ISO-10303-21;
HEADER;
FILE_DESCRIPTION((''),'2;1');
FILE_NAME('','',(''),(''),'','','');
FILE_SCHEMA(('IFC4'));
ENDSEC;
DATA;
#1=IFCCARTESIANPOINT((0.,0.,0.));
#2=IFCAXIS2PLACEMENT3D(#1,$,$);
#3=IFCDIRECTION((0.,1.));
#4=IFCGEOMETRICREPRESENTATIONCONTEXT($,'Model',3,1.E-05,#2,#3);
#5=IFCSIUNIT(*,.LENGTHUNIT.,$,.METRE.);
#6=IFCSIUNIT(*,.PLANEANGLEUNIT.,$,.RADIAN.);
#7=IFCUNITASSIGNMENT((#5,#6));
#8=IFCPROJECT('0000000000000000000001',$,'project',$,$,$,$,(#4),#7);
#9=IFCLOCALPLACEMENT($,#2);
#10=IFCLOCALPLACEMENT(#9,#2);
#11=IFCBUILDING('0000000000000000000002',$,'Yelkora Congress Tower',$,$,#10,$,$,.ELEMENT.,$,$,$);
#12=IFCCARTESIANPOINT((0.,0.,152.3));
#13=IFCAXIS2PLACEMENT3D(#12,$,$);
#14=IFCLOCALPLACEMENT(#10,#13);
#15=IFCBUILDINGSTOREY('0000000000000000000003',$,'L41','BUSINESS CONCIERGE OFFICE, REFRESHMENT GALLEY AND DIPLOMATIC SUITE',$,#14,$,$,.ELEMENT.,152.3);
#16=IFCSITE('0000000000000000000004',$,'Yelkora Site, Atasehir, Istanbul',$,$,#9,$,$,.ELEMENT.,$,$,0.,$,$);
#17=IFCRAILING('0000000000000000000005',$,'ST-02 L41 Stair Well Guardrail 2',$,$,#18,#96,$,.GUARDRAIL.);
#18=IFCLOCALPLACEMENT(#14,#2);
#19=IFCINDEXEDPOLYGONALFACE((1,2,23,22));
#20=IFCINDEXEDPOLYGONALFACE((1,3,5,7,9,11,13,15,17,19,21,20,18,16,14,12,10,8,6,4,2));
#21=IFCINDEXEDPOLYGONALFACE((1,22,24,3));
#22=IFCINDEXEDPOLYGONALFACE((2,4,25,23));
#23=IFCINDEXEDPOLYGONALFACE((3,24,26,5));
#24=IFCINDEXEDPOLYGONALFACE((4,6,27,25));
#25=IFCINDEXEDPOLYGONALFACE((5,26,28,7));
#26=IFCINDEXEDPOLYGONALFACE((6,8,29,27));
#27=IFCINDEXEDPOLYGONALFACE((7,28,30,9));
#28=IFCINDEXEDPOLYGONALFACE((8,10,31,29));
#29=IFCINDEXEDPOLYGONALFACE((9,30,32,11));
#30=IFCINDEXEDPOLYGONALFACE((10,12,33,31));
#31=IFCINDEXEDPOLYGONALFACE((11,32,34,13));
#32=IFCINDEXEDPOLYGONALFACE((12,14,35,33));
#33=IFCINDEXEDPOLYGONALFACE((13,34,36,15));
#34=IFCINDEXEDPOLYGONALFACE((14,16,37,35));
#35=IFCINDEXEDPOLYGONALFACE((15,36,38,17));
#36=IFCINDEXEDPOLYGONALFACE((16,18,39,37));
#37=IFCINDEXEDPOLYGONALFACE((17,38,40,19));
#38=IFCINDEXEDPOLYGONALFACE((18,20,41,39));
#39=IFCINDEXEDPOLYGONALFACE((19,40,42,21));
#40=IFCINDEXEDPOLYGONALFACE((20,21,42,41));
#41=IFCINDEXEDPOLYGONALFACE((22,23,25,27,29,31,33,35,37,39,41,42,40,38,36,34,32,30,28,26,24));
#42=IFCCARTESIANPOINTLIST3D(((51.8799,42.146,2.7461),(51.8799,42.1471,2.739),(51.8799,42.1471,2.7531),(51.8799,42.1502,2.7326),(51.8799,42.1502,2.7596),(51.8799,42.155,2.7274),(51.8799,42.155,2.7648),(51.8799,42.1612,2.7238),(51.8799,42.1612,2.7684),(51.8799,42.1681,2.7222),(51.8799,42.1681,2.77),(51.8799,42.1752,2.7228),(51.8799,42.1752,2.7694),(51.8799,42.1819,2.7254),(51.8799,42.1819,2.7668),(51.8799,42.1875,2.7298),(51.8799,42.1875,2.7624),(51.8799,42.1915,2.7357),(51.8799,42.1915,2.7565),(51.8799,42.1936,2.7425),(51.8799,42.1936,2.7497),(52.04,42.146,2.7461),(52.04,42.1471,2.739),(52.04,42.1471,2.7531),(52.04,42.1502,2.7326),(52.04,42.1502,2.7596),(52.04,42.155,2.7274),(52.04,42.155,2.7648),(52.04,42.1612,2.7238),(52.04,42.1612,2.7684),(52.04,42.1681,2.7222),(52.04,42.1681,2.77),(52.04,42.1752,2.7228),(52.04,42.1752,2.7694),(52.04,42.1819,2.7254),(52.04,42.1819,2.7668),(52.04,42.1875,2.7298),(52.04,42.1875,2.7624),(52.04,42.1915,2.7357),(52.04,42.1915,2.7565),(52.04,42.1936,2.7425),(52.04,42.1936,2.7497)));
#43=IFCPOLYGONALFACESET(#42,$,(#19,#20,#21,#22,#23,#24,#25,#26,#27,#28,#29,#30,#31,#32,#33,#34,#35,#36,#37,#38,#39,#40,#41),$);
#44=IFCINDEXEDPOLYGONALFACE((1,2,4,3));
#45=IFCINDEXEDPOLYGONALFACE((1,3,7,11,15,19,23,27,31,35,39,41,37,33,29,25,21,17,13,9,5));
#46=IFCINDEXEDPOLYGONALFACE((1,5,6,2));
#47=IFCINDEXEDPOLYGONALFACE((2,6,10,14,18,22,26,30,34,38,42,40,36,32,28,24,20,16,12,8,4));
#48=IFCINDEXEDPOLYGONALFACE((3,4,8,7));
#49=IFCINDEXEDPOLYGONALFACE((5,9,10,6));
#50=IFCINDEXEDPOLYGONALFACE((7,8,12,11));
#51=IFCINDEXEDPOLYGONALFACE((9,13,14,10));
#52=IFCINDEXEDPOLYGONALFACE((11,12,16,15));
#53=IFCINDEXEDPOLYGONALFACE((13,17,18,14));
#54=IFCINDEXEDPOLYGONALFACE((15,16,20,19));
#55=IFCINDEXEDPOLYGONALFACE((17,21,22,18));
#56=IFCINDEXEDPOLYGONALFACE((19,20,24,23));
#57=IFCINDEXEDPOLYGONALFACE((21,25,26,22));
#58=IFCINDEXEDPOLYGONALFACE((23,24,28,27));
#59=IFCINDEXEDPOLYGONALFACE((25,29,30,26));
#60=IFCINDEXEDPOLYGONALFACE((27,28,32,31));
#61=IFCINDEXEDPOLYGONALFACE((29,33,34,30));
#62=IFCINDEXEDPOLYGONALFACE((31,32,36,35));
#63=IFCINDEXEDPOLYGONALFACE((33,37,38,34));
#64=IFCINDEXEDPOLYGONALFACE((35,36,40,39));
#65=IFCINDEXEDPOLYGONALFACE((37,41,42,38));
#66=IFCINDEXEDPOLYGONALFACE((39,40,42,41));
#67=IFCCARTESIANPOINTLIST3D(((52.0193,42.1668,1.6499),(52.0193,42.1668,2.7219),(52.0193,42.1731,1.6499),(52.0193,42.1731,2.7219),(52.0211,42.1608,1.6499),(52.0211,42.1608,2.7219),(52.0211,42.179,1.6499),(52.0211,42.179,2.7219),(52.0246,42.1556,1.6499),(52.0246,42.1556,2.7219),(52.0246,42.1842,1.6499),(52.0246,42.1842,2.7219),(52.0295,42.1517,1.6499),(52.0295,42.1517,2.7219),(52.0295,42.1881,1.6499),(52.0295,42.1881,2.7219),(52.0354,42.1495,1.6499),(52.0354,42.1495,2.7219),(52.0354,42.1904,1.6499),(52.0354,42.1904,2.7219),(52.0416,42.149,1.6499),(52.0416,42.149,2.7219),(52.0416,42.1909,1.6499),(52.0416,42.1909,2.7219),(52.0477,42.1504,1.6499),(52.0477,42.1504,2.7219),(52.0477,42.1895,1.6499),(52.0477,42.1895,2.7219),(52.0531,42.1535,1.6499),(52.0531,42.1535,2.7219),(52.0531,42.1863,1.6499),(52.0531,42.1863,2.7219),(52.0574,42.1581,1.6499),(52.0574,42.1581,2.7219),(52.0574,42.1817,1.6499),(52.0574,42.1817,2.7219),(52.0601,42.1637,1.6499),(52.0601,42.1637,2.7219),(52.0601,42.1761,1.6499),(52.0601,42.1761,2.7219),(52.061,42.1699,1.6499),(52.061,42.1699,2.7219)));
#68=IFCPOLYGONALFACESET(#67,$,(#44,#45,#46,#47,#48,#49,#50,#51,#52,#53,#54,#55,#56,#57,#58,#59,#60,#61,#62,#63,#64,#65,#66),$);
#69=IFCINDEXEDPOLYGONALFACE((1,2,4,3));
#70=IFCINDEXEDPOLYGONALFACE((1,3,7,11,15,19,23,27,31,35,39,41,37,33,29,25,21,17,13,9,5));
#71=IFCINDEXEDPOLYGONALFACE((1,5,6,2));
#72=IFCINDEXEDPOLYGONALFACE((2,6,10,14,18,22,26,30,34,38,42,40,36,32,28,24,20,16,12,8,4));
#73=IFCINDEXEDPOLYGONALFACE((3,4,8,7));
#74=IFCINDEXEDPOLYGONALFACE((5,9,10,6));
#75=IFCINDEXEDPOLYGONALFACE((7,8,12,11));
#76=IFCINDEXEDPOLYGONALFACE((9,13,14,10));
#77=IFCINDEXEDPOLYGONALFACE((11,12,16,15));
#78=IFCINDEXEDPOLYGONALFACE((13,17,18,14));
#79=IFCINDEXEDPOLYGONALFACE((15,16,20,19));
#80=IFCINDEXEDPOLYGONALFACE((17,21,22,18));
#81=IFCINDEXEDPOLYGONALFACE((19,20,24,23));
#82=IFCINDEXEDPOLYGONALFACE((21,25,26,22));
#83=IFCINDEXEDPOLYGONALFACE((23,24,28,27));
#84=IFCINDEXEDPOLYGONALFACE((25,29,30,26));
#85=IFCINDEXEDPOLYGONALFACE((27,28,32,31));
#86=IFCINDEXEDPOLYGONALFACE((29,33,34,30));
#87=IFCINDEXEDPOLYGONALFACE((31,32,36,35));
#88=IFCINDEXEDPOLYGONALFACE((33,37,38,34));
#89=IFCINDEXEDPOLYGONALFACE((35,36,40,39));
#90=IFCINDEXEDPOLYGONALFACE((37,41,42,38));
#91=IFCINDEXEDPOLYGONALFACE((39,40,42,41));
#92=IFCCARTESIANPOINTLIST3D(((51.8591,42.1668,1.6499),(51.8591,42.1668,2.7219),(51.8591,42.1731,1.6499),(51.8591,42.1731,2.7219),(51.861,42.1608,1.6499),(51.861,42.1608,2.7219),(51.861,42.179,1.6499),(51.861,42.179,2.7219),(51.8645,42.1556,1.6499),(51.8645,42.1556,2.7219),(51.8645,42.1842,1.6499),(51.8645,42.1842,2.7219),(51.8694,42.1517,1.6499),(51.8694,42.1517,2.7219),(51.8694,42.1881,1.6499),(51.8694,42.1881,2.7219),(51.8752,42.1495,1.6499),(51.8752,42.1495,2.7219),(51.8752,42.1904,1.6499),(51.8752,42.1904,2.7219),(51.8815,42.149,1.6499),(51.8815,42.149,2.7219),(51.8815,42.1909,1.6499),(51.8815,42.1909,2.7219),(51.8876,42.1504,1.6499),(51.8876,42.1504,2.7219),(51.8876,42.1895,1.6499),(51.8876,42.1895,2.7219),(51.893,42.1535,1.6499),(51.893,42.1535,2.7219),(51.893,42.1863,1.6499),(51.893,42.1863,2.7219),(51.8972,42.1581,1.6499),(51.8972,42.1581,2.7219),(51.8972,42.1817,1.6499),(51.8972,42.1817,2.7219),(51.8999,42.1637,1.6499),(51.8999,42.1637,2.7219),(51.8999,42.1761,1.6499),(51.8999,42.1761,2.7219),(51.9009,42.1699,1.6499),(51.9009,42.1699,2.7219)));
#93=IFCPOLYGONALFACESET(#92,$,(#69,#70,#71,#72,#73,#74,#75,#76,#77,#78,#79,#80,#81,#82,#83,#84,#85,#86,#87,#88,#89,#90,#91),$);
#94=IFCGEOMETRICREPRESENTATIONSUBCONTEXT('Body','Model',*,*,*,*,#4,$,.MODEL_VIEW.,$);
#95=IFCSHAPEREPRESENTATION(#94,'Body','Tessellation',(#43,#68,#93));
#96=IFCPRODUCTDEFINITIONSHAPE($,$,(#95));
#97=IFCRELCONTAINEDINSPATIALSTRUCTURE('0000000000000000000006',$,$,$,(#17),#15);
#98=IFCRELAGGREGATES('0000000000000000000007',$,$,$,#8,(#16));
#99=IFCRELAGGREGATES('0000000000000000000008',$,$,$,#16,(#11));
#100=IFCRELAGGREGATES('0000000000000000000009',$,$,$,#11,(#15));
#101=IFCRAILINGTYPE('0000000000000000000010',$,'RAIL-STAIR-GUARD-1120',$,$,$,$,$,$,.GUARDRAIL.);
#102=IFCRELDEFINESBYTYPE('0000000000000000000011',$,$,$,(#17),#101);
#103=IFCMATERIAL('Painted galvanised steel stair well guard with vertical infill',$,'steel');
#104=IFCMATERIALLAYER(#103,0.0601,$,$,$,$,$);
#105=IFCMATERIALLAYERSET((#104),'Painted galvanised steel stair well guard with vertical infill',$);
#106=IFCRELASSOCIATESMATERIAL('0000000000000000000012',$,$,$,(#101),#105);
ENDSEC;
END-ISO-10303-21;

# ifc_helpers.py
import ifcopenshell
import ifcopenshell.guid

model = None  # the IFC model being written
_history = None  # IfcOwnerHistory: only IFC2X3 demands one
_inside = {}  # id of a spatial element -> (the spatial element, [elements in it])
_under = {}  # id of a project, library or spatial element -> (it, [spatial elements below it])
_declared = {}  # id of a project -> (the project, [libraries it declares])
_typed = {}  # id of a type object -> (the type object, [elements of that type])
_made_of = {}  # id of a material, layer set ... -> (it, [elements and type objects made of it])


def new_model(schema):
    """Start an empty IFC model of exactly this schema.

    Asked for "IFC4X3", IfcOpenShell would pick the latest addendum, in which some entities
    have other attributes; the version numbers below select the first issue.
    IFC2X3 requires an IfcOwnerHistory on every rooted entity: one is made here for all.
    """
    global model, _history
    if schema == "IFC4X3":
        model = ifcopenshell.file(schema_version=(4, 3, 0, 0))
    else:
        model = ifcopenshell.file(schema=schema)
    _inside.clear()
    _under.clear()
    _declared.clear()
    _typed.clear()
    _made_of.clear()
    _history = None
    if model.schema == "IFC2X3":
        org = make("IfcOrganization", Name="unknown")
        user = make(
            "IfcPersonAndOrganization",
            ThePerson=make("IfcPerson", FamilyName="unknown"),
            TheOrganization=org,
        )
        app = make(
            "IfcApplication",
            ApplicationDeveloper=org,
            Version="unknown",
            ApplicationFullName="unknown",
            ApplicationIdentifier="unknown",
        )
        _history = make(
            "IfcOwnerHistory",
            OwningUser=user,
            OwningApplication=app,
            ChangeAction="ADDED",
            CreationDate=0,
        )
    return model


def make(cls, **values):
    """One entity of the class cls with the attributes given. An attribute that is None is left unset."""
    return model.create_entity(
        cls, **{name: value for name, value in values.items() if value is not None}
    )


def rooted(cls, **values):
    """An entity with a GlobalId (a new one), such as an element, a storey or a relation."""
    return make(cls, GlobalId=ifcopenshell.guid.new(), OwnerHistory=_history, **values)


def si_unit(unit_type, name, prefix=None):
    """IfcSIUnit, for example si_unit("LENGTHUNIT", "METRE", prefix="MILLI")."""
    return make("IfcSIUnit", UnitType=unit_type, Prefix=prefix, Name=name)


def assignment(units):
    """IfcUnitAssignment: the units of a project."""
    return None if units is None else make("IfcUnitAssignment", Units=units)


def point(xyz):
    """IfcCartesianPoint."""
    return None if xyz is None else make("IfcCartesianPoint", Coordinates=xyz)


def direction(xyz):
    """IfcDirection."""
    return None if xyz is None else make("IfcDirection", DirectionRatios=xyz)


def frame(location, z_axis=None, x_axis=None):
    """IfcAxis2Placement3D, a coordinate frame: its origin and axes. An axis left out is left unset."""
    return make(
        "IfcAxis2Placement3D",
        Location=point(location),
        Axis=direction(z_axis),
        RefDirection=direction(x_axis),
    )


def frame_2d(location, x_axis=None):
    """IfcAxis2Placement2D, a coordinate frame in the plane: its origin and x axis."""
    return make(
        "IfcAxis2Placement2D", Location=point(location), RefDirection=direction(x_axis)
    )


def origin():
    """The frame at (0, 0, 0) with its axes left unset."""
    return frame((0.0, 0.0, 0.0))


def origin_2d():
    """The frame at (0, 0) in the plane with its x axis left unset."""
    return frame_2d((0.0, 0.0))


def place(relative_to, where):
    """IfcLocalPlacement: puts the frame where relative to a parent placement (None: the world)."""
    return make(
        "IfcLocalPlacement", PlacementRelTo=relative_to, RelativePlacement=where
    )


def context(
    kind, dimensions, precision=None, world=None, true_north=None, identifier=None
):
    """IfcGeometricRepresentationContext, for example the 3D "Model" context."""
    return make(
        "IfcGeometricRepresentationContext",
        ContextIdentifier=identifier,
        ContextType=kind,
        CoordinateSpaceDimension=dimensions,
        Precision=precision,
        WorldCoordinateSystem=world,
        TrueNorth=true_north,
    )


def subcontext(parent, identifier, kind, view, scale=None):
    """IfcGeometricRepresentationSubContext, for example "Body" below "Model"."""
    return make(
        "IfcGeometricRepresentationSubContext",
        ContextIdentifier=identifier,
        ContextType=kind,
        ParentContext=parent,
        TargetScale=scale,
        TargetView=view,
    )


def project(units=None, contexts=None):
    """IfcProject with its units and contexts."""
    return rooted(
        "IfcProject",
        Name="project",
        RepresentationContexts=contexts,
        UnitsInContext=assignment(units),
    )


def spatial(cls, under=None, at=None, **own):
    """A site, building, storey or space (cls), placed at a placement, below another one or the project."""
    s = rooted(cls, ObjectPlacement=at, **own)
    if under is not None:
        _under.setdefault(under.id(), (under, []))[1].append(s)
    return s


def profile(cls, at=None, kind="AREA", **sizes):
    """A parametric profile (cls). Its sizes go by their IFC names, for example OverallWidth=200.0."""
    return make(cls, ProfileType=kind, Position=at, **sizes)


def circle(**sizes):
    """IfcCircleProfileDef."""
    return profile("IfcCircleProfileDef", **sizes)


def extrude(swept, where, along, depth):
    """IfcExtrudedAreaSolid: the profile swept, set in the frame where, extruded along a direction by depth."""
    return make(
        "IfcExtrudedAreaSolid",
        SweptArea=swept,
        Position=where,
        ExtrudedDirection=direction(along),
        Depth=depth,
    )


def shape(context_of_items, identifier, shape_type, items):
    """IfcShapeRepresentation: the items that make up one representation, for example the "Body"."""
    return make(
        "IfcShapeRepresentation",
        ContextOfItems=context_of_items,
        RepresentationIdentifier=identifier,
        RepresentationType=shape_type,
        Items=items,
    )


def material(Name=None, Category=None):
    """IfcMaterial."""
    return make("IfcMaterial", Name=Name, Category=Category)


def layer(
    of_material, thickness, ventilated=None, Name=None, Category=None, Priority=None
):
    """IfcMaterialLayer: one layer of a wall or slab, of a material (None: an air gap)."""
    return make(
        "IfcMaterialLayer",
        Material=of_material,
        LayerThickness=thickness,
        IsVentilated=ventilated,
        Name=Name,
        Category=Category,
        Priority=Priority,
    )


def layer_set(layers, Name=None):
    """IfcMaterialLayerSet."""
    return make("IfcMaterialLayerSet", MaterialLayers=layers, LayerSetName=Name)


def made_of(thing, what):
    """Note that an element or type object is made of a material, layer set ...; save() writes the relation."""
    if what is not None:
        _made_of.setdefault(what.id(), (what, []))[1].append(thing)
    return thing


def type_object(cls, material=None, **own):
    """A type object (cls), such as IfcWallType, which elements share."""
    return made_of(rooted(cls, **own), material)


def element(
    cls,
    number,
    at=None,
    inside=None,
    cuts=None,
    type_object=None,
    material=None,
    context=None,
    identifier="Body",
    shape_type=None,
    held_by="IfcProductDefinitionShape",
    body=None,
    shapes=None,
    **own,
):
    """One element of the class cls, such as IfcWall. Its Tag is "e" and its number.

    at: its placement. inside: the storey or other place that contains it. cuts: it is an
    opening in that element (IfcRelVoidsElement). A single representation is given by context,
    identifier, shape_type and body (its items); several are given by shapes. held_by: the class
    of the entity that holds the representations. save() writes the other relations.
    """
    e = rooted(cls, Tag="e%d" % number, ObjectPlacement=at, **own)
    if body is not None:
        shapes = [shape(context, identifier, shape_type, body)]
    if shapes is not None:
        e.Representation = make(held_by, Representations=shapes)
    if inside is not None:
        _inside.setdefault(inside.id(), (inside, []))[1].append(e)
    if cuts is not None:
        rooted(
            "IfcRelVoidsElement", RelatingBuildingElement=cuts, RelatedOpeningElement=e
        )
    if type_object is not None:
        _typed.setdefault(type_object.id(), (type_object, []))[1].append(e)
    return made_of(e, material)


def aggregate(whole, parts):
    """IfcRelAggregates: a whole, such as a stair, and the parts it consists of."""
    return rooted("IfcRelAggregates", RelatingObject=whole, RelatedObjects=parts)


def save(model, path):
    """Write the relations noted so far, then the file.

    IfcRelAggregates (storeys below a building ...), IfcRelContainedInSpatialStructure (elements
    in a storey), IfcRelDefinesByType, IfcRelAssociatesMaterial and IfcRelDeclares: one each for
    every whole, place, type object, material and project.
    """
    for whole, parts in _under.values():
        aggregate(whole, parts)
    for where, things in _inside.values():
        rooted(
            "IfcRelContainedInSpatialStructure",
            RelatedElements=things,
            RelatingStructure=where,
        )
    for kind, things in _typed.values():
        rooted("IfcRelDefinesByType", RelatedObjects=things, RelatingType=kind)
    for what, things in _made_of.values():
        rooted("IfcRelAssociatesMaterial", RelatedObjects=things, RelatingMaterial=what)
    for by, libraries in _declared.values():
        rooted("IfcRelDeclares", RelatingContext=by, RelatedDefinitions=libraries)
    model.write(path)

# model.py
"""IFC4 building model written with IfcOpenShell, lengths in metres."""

from ifc_helpers import new_model, si_unit, direction, frame, origin, origin_2d, place, context, subcontext, project, spatial, circle, extrude, material, layer, layer_set, type_object, element, save


model = new_model("IFC4")

# Units and contexts
model_context = context("Model", 3, precision=1e-05, world=origin(), true_north=direction((0.0, 1.0)))
body_context = subcontext(model_context, "Body", "Model", "MODEL_VIEW")
ifc_project = project(units=[si_unit("LENGTHUNIT", "METRE"), si_unit("PLANEANGLEUNIT", "RADIAN")], contexts=[model_context])

# Site, building, storey
site_placement = place(None, origin())
site = spatial("IfcSite", under=ifc_project, at=site_placement, Name="Yelkora Site, Atasehir, Istanbul", CompositionType="ELEMENT", RefElevation=0.0)
building_placement = place(site_placement, origin())
building = spatial("IfcBuilding", under=site, at=building_placement, Name="Yelkora Congress Tower", CompositionType="ELEMENT")
storey_placement = place(building_placement, frame((0.0, 0.0, 152.3)))
storey = spatial("IfcBuildingStorey", under=building, at=storey_placement, Name="L41", Description="BUSINESS CONCIERGE OFFICE, REFRESHMENT GALLEY AND DIPLOMATIC SUITE", CompositionType="ELEMENT", Elevation=152.3)

# Railing
ifc_material_1 = material(Name="Painted galvanised steel stair well guard with vertical infill", Category="steel")
ifc_layer_1 = layer(ifc_material_1, 0.0601)
ifc_layer_set_1 = layer_set([ifc_layer_1], Name="Painted galvanised steel stair well guard with vertical infill")
railing_type_1 = type_object("IfcRailingType", Name="RAIL-STAIR-GUARD-1120", PredefinedType="GUARDRAIL", material=ifc_layer_set_1)
railing_1_placement = place(storey_placement, frame((52.04, 42.1699, 1.6499)))
element("IfcRailing", 1, at=railing_1_placement, inside=storey, type_object=railing_type_1, Name="ST-02 L41 Stair Well Guardrail 2", PredefinedType="GUARDRAIL", context=body_context, shape_type="SweptSolid", body=[
    extrude(circle(Radius=0.0239, at=origin_2d()), frame((0.0, 0.0, 1.0962), z_axis=(-1.0, 0.0, 0.0), x_axis=(0.0, -1.0, 0.0)), (0.0, 0.0, 1.0), 0.1602),
    extrude(circle(Radius=0.021, at=origin_2d()), origin(), (0.0, 0.0, 1.0), 1.072),
    extrude(circle(Radius=0.021, at=origin_2d()), frame((-0.1602, 0.0, 0.0)), (0.0, 0.0, 1.0), 1.072),
])

save(model, "model.ifc")
